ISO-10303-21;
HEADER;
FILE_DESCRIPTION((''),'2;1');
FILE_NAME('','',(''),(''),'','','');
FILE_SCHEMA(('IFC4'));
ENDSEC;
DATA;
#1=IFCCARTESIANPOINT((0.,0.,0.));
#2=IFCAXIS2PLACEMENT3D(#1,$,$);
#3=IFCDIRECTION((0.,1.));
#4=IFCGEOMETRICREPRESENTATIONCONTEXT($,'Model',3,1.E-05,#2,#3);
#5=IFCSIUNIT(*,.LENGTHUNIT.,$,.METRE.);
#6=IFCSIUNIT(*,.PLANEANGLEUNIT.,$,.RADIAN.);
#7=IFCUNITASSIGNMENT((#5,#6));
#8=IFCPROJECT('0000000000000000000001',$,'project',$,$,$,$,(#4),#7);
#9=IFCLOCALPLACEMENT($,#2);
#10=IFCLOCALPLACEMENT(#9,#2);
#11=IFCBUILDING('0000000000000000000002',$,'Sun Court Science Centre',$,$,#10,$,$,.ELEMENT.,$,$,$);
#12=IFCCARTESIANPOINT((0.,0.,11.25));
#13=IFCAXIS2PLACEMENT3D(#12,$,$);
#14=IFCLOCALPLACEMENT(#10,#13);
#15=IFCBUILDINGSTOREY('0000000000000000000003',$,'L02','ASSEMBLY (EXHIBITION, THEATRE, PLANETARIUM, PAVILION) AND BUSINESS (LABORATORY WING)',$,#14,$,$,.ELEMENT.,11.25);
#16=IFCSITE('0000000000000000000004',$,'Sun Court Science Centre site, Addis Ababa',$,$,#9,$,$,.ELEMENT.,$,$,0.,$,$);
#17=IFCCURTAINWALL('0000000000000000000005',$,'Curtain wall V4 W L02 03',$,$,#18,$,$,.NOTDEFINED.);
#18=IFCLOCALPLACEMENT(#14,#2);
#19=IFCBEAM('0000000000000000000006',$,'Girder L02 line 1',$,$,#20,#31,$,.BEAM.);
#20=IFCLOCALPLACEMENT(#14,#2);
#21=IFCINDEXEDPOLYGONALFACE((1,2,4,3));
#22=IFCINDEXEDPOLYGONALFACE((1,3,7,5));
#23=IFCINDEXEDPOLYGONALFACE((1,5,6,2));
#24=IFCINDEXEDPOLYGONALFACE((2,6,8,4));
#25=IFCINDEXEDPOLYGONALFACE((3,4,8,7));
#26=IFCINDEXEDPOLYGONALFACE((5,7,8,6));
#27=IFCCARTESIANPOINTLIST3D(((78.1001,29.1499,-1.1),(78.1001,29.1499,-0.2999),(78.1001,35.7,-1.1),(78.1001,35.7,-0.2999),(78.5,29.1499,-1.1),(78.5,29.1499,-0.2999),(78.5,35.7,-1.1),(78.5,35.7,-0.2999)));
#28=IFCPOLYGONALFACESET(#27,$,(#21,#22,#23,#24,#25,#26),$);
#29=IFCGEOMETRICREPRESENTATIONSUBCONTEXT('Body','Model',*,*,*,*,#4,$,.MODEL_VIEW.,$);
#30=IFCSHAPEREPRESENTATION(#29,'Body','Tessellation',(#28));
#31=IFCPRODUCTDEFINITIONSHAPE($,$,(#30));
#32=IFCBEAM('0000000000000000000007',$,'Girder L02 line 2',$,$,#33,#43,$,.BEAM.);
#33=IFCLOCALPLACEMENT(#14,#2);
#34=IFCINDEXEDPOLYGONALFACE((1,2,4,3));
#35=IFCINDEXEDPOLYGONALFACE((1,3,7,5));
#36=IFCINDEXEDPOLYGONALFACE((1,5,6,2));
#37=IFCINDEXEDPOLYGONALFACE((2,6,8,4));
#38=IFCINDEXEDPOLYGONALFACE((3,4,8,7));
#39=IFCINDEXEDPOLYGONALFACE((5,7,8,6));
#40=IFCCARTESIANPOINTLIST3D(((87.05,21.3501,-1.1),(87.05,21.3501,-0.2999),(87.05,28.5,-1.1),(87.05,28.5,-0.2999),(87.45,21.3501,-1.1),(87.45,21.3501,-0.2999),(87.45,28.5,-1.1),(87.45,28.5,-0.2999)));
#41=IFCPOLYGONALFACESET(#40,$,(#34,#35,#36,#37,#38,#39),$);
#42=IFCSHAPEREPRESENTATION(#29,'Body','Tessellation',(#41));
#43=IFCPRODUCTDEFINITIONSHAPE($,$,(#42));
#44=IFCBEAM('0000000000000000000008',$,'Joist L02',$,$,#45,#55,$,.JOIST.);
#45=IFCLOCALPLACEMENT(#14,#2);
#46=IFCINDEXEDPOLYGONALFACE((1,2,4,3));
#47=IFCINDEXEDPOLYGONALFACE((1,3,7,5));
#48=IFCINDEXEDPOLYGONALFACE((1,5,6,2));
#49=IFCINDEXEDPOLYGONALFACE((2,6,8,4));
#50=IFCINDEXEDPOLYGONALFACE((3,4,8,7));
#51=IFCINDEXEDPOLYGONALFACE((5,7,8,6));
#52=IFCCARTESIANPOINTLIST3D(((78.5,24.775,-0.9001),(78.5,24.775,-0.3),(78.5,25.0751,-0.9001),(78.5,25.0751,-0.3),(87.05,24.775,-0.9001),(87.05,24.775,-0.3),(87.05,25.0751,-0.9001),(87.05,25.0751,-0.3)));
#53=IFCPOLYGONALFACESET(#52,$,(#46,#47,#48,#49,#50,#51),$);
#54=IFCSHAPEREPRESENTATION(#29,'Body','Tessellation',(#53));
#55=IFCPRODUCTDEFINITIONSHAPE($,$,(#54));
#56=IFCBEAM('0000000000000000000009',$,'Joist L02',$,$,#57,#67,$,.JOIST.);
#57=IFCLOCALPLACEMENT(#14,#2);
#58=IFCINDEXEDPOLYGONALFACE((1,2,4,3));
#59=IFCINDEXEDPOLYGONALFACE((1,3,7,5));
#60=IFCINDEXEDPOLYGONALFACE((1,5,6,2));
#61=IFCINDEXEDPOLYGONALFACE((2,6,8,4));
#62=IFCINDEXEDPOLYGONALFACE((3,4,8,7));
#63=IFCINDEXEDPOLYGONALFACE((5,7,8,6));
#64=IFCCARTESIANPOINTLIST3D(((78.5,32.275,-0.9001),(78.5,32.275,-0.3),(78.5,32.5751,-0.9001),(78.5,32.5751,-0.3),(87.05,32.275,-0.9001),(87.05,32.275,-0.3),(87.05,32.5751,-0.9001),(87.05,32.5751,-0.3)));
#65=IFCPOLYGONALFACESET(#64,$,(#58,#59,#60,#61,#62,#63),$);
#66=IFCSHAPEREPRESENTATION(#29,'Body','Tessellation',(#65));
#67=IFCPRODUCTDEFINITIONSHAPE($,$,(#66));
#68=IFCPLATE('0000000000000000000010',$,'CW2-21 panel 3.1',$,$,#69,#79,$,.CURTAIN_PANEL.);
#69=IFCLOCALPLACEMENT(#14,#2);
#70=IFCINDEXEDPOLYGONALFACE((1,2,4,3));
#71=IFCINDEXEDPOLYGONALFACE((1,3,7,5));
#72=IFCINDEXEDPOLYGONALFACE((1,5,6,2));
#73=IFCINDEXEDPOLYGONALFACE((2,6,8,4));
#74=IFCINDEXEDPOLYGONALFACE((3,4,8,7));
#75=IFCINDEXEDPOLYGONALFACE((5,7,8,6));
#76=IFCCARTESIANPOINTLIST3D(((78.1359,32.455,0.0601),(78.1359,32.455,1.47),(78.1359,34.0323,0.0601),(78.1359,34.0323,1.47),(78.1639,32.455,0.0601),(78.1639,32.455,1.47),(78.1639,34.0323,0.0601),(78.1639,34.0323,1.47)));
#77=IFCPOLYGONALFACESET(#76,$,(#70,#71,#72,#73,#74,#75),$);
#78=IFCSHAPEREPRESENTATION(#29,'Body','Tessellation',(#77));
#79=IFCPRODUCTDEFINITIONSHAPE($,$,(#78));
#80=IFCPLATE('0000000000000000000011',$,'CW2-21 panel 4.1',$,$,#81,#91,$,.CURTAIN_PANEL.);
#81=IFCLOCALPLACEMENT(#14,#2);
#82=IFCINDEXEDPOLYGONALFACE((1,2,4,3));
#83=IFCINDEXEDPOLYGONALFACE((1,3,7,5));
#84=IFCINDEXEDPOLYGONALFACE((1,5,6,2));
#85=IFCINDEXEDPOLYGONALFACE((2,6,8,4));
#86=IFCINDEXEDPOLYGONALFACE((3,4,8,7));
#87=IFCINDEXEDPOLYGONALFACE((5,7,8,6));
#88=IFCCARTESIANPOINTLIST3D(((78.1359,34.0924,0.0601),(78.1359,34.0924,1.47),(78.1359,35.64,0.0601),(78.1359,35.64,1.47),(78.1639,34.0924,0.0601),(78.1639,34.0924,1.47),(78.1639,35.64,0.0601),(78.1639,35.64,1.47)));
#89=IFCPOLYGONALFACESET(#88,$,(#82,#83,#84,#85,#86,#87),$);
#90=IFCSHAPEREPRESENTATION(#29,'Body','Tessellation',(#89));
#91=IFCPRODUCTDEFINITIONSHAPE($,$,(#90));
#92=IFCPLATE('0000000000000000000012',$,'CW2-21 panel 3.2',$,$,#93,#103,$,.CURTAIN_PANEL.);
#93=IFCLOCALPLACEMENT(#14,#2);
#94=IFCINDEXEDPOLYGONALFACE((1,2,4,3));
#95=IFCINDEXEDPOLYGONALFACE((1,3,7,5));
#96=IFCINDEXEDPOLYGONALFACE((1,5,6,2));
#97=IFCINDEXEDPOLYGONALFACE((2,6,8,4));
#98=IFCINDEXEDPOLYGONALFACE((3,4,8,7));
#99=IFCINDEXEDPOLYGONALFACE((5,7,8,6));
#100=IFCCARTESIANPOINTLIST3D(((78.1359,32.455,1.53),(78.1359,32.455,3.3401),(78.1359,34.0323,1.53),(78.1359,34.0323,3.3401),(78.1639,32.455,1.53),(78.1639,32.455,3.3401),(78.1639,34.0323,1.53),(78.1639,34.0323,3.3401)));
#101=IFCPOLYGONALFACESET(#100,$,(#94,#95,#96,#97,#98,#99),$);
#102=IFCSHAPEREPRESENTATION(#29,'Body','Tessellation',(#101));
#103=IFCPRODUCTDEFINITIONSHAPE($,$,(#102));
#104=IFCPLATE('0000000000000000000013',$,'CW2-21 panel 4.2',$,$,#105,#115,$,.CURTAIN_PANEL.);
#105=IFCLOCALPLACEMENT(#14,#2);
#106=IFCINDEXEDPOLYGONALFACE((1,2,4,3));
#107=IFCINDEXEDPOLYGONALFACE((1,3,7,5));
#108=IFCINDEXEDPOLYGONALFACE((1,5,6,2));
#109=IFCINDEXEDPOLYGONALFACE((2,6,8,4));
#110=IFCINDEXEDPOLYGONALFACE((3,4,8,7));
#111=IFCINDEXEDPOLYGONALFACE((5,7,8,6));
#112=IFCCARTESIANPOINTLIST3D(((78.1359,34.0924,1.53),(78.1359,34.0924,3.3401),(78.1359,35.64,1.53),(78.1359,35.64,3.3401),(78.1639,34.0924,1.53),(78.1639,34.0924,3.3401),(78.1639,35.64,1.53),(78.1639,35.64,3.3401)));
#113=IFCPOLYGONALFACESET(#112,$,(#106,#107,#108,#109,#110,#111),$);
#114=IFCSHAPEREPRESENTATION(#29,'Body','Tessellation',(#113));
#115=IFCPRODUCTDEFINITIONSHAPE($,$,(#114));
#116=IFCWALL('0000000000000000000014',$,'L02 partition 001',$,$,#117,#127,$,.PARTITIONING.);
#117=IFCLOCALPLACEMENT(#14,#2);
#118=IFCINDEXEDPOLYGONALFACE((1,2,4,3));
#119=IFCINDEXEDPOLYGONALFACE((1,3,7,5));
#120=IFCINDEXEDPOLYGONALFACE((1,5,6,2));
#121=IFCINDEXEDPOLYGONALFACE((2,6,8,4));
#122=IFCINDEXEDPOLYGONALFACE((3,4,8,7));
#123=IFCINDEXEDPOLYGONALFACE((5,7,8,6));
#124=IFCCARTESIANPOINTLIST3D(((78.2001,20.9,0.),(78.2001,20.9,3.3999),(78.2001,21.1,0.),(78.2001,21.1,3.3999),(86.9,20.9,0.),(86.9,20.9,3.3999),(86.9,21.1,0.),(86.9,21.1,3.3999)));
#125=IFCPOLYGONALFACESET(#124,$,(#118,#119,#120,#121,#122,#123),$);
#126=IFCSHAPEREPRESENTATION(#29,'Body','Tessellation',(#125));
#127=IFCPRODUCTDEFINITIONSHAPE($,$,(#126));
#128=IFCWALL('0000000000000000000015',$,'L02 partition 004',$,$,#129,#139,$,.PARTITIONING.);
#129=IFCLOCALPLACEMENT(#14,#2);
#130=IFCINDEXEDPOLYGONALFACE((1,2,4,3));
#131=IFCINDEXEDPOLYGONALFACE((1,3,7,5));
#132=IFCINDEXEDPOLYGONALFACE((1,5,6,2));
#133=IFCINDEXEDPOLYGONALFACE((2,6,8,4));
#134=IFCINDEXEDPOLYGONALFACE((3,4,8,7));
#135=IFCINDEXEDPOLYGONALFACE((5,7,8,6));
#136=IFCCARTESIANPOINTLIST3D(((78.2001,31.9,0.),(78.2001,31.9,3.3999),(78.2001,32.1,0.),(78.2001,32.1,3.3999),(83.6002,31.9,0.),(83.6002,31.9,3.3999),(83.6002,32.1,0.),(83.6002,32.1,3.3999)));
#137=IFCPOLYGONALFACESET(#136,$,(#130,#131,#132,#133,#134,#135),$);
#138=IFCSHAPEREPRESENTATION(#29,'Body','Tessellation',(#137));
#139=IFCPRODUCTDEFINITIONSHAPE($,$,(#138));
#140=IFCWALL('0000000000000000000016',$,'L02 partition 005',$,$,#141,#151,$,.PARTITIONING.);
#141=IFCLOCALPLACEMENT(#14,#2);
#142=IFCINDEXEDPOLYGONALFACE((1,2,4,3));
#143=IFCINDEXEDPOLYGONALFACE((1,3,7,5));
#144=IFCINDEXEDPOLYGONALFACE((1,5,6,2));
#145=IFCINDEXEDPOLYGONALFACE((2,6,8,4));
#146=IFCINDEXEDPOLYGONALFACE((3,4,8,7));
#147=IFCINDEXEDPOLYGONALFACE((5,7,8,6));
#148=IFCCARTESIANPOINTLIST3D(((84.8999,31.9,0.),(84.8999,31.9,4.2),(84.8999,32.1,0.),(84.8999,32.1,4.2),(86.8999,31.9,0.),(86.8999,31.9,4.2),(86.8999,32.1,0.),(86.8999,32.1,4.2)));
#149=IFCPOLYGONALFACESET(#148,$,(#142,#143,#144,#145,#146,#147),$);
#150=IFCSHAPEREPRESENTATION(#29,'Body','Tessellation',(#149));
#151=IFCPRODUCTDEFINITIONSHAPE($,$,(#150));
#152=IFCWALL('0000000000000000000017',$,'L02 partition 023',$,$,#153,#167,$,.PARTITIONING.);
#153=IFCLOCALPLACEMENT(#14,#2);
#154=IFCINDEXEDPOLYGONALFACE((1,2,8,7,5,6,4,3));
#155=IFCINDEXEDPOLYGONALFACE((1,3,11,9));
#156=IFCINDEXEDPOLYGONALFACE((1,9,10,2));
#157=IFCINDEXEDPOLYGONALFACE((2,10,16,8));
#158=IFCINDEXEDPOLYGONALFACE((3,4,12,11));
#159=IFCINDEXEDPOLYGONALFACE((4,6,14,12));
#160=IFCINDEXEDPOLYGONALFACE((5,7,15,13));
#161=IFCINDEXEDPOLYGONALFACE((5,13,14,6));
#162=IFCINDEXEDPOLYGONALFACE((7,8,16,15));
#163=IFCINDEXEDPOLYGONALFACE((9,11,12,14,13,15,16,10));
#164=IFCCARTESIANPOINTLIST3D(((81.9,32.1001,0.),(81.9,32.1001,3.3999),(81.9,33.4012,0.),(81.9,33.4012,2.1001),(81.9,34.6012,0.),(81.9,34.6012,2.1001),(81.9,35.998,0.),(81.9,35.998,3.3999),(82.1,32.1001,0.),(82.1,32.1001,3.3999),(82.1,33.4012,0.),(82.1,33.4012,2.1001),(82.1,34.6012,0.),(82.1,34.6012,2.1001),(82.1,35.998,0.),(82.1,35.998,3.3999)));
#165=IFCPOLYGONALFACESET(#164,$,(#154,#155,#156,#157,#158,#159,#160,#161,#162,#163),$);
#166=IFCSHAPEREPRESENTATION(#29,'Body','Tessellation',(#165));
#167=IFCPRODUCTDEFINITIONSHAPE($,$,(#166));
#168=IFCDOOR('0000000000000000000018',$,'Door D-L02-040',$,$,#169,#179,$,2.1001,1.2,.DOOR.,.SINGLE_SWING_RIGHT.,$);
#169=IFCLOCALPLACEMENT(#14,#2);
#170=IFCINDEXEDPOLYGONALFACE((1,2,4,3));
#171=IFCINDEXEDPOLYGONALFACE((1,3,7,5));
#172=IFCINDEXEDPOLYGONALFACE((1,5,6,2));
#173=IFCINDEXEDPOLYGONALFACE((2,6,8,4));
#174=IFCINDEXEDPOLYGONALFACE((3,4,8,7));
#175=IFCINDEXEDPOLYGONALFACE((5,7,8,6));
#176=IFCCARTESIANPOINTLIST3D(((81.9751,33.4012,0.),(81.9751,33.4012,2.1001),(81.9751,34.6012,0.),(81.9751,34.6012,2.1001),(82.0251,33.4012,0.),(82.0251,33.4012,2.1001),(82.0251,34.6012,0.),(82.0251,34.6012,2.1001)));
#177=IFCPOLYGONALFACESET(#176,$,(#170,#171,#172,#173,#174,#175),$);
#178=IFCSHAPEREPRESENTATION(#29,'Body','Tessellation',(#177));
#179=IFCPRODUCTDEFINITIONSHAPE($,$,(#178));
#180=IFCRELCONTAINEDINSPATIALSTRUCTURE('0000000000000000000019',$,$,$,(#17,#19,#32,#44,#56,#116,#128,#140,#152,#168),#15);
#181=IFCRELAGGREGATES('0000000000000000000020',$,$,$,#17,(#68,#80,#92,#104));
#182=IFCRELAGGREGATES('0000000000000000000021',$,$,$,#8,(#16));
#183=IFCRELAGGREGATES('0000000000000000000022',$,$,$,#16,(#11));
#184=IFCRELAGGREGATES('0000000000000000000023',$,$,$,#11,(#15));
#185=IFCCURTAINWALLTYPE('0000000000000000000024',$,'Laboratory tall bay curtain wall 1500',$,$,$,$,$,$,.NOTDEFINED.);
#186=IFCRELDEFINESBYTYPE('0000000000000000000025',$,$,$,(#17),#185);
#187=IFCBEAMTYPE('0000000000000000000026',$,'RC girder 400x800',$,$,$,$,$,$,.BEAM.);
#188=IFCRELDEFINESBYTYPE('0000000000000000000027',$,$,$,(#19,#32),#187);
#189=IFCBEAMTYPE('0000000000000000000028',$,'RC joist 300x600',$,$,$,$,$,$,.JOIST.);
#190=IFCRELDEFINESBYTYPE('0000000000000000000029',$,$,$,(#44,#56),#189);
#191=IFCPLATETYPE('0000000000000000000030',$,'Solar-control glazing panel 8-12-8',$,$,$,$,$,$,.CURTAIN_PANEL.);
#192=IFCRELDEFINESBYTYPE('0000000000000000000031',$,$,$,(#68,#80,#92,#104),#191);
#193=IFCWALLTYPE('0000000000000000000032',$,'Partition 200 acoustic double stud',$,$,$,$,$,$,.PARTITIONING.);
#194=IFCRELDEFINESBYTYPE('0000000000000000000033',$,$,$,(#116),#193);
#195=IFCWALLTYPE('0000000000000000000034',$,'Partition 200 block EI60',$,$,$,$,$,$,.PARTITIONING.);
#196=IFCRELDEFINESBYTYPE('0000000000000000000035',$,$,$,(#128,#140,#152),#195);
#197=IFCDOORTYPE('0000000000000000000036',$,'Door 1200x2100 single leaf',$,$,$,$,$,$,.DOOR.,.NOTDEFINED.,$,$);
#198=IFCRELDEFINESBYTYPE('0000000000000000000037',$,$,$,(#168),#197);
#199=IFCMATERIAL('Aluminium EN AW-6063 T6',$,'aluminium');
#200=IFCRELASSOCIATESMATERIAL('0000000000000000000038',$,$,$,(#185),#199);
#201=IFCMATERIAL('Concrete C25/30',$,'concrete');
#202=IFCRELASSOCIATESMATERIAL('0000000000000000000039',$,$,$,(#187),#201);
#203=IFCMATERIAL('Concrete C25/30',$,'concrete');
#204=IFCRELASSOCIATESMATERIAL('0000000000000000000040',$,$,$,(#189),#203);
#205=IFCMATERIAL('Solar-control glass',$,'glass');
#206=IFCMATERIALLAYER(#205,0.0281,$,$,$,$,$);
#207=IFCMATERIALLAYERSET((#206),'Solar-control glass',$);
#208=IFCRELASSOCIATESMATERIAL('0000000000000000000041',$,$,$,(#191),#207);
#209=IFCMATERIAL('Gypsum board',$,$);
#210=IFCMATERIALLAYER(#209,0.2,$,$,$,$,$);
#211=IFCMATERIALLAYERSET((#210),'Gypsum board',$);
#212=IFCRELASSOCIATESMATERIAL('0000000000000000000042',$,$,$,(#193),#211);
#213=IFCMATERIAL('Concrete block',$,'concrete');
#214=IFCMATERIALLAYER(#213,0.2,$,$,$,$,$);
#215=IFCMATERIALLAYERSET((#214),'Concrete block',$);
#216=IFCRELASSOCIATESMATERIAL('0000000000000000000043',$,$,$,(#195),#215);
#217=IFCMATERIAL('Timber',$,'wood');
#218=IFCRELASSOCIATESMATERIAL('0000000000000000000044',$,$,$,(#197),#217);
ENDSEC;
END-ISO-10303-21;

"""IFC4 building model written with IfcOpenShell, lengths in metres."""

from ifc_helpers import new_model, si_unit, direction, frame, frame_2d, origin, origin_2d, place, context, subcontext, project, spatial, rectangle, extrude, material, layer, layer_set, material_profile, profile_set, type_object, element, fill, aggregate, save


model = new_model("IFC4")

# Units and contexts
model_context = context("Model", 3, precision=1e-05, world=origin(), true_north=direction((0.0, 1.0)))
body_context = subcontext(model_context, "Body", "Model", "MODEL_VIEW")
ifc_project = project(units=[si_unit("LENGTHUNIT", "METRE"), si_unit("PLANEANGLEUNIT", "RADIAN")], contexts=[model_context])

# Site, building, storey
site_placement = place(None, origin())
site = spatial("IfcSite", under=ifc_project, at=site_placement, Name="Sun Court Science Centre site, Addis Ababa", CompositionType="ELEMENT", RefElevation=0.0)
building_placement = place(site_placement, origin())
building = spatial("IfcBuilding", under=site, at=building_placement, Name="Sun Court Science Centre", CompositionType="ELEMENT")
storey_placement = place(building_placement, frame((0.0, 0.0, 11.25)))
storey = spatial("IfcBuildingStorey", under=building, at=storey_placement, Name="L02", Description="ASSEMBLY (EXHIBITION, THEATRE, PLANETARIUM, PAVILION) AND BUSINESS (LABORATORY WING)", CompositionType="ELEMENT", Elevation=11.25)

# Curtain wall
ifc_material_1 = material(Name="Aluminium EN AW-6063 T6", Category="aluminium")
curtain_wall_type = type_object("IfcCurtainWallType", Name="Laboratory tall bay curtain wall 1500", PredefinedType="NOTDEFINED", material=ifc_material_1)
curtain_wall_placement = place(storey_placement, origin())
curtain_wall = element("IfcCurtainWall", 1, at=curtain_wall_placement, inside=storey, type_object=curtain_wall_type, Name="Curtain wall V4 W L02 03", PredefinedType="NOTDEFINED")

# Beams
ifc_material_2 = material(Name="Concrete C25/30", Category="concrete")
ifc_material_profile_1 = material_profile(ifc_material_2, rectangle(XDim=0.3999, YDim=0.8, at=origin_2d()), Name="RC 400x800")
ifc_profile_set_1 = profile_set([ifc_material_profile_1], Name="Concrete C25/30")
beam_type_1 = type_object("IfcBeamType", Name="RC girder 400x800", PredefinedType="BEAM", material=ifc_profile_set_1)
beam_1_placement = place(storey_placement, frame((78.3, 29.1499, -0.7), z_axis=(0.0, 1.0, 0.0), x_axis=(-1.0, 0.0, 0.0)))
element("IfcBeam", 2, at=beam_1_placement, inside=storey, type_object=beam_type_1, Name="Girder L02 line 1", PredefinedType="BEAM", context=body_context, shape_type="SweptSolid", body=[
    extrude(rectangle(XDim=0.3999, YDim=0.8, at=origin_2d()), origin(), (0.0, 0.0, 1.0), 6.55),
])
beam_2_placement = place(storey_placement, frame((87.25, 21.3501, -0.7), z_axis=(0.0, 1.0, 0.0), x_axis=(-1.0, 0.0, 0.0)))
element("IfcBeam", 3, at=beam_2_placement, inside=storey, type_object=beam_type_1, Name="Girder L02 line 2", PredefinedType="BEAM", context=body_context, shape_type="SweptSolid", body=[
    extrude(rectangle(XDim=0.3999, YDim=0.8, at=origin_2d()), origin(), (0.0, 0.0, 1.0), 7.1499),
])
ifc_material_3 = material(Name="Concrete C25/30", Category="concrete")
ifc_material_profile_2 = material_profile(ifc_material_3, rectangle(XDim=0.3, YDim=0.6001, at=origin_2d()), Name="RC 300x600")
ifc_profile_set_2 = profile_set([ifc_material_profile_2], Name="Concrete C25/30")
beam_type_2 = type_object("IfcBeamType", Name="RC joist 300x600", PredefinedType="JOIST", material=ifc_profile_set_2)
for number, where, z_axis, x_axis, name in (
    (4, (78.5, 24.925, -0.6001), (1.0, 0.0, 0.0), (0.0, 1.0, 0.0), "Joist L02"),
    (5, (78.5, 32.425, -0.6001), (1.0, 0.0, 0.0), (0.0, 1.0, 0.0), "Joist L02"),
):
    element("IfcBeam", number, at=place(storey_placement, frame(where, z_axis=z_axis, x_axis=x_axis)), inside=storey, type_object=beam_type_2, Name=name, PredefinedType="JOIST", context=body_context, shape_type="SweptSolid", body=[
        extrude(rectangle(XDim=0.3, YDim=0.6001, at=origin_2d()), origin(), (0.0, 0.0, 1.0), 8.55),
    ])

# Plates
ifc_material_4 = material(Name="Solar-control glass", Category="glass")
ifc_layer_1 = layer(ifc_material_4, 0.0281)
ifc_layer_set_1 = layer_set([ifc_layer_1], Name="Solar-control glass")
plate_type = type_object("IfcPlateType", Name="Solar-control glazing panel 8-12-8", PredefinedType="CURTAIN_PANEL", material=ifc_layer_set_1)
plate_1_placement = place(storey_placement, frame((78.1499, 33.2437, 0.0601), z_axis=(0.0, 0.0, 1.0), x_axis=(0.0, 1.0, 0.0)))
plate_1 = element("IfcPlate", 6, at=plate_1_placement, type_object=plate_type, Name="CW2-21 panel 3.1", PredefinedType="CURTAIN_PANEL", context=body_context, shape_type="SweptSolid", body=[
    extrude(rectangle(XDim=1.5774, YDim=0.0281, at=origin_2d()), origin(), (0.0, 0.0, 1.0), 1.4099),
])
plate_2_placement = place(storey_placement, frame((78.1499, 34.8662, 0.0601), z_axis=(0.0, 0.0, 1.0), x_axis=(0.0, 1.0, 0.0)))
plate_2 = element("IfcPlate", 7, at=plate_2_placement, type_object=plate_type, Name="CW2-21 panel 4.1", PredefinedType="CURTAIN_PANEL", context=body_context, shape_type="SweptSolid", body=[
    extrude(rectangle(XDim=1.5476, YDim=0.0281, at=origin_2d()), origin(), (0.0, 0.0, 1.0), 1.4099),
])
plate_3_placement = place(storey_placement, frame((78.1499, 33.2437, 1.53), z_axis=(0.0, 0.0, 1.0), x_axis=(0.0, 1.0, 0.0)))
plate_3 = element("IfcPlate", 8, at=plate_3_placement, type_object=plate_type, Name="CW2-21 panel 3.2", PredefinedType="CURTAIN_PANEL", context=body_context, shape_type="SweptSolid", body=[
    extrude(rectangle(XDim=1.5774, YDim=0.0281, at=origin_2d()), origin(), (0.0, 0.0, 1.0), 1.8101),
])
plate_4_placement = place(storey_placement, frame((78.1499, 34.8662, 1.53), z_axis=(0.0, 0.0, 1.0), x_axis=(0.0, 1.0, 0.0)))
plate_4 = element("IfcPlate", 9, at=plate_4_placement, type_object=plate_type, Name="CW2-21 panel 4.2", PredefinedType="CURTAIN_PANEL", context=body_context, shape_type="SweptSolid", body=[
    extrude(rectangle(XDim=1.5476, YDim=0.0281, at=origin_2d()), origin(), (0.0, 0.0, 1.0), 1.8101),
])
aggregate(curtain_wall, [plate_1, plate_2, plate_3, plate_4])

# Walls
ifc_material_5 = material(Name="Gypsum board")
ifc_layer_2 = layer(ifc_material_5, 0.2)
ifc_layer_set_2 = layer_set([ifc_layer_2], Name="Gypsum board")
wall_type_1 = type_object("IfcWallType", Name="Partition 200 acoustic double stud", PredefinedType="PARTITIONING", material=ifc_layer_set_2)
wall_1_placement = place(storey_placement, frame((78.2, 21.0, 0.0), z_axis=(0.0, 0.0, 1.0), x_axis=(1.0, 0.0, 0.0)))
element("IfcWall", 10, at=wall_1_placement, inside=storey, type_object=wall_type_1, Name="L02 partition 001", PredefinedType="PARTITIONING", context=body_context, shape_type="SweptSolid", body=[
    extrude(rectangle(XDim=8.7, YDim=0.2, at=frame_2d((4.3501, 0.0))), origin(), (0.0, 0.0, 1.0), 3.3999),
])
ifc_material_6 = material(Name="Concrete block", Category="concrete")
ifc_layer_3 = layer(ifc_material_6, 0.2)
ifc_layer_set_3 = layer_set([ifc_layer_3], Name="Concrete block")
wall_type_2 = type_object("IfcWallType", Name="Partition 200 block EI60", PredefinedType="PARTITIONING", material=ifc_layer_set_3)
wall_2_placement = place(storey_placement, frame((78.2, 32.0, 0.0), z_axis=(0.0, 0.0, 1.0), x_axis=(1.0, 0.0, 0.0)))
element("IfcWall", 11, at=wall_2_placement, inside=storey, type_object=wall_type_2, Name="L02 partition 004", PredefinedType="PARTITIONING", context=body_context, shape_type="SweptSolid", body=[
    extrude(rectangle(XDim=5.4001, YDim=0.2, at=frame_2d((2.7002, 0.0))), origin(), (0.0, 0.0, 1.0), 3.3999),
])
wall_3_placement = place(storey_placement, frame((84.8999, 32.0, 0.0), z_axis=(0.0, 0.0, 1.0), x_axis=(1.0, 0.0, 0.0)))
element("IfcWall", 12, at=wall_3_placement, inside=storey, type_object=wall_type_2, Name="L02 partition 005", PredefinedType="PARTITIONING", context=body_context, shape_type="SweptSolid", body=[
    extrude(rectangle(XDim=2.0, YDim=0.2, at=frame_2d((1.0, 0.0))), origin(), (0.0, 0.0, 1.0), 4.2),
])

# Wall, opening, door
wall_4_placement = place(storey_placement, frame((82.0, 32.1001, 0.0), z_axis=(0.0, 0.0, 1.0), x_axis=(0.0, 1.0, 0.0)))
wall_4 = element("IfcWall", 13, at=wall_4_placement, inside=storey, type_object=wall_type_2, Name="L02 partition 023", PredefinedType="PARTITIONING", context=body_context, shape_type="SweptSolid", body=[
    extrude(rectangle(XDim=3.8979, YDim=0.2, at=frame_2d((1.949, 0.0))), origin(), (0.0, 0.0, 1.0), 3.3999),
])
opening_1_placement = place(wall_4_placement, frame((1.301, 0.0, 0.0)))
opening_1 = element("IfcOpeningElement", 14, at=opening_1_placement, cuts=wall_4, PredefinedType="OPENING", context=body_context, shape_type="SweptSolid", body=[
    extrude(rectangle(XDim=1.2, YDim=2.1001, at=frame_2d((0.6001, 1.05))), frame((0.0, 0.1099, 0.0), z_axis=(0.0, -1.0, 0.0), x_axis=(1.0, 0.0, 0.0)), (0.0, 0.0, 1.0), 0.22),
])
ifc_material_7 = material(Name="Timber", Category="wood")
door_type_1 = type_object("IfcDoorType", Name="Door 1200x2100 single leaf", OperationType="NOTDEFINED", PredefinedType="DOOR", material=ifc_material_7)
door_1_placement = place(opening_1_placement, origin())
door_1 = element("IfcDoor", 15, at=door_1_placement, inside=storey, type_object=door_type_1, Name="Door D-L02-040", OperationType="SINGLE_SWING_RIGHT", OverallHeight=2.1001, OverallWidth=1.2, PredefinedType="DOOR", context=body_context, shape_type="SweptSolid", body=[
    extrude(rectangle(XDim=1.2, YDim=2.1001, at=frame_2d((0.6001, 1.05))), frame((0.0, 0.0249, 0.0), z_axis=(0.0, -1.0, 0.0), x_axis=(1.0, 0.0, 0.0)), (0.0, 0.0, 1.0), 0.05),
])
fill(opening_1, door_1)

save(model, "model.ifc")
